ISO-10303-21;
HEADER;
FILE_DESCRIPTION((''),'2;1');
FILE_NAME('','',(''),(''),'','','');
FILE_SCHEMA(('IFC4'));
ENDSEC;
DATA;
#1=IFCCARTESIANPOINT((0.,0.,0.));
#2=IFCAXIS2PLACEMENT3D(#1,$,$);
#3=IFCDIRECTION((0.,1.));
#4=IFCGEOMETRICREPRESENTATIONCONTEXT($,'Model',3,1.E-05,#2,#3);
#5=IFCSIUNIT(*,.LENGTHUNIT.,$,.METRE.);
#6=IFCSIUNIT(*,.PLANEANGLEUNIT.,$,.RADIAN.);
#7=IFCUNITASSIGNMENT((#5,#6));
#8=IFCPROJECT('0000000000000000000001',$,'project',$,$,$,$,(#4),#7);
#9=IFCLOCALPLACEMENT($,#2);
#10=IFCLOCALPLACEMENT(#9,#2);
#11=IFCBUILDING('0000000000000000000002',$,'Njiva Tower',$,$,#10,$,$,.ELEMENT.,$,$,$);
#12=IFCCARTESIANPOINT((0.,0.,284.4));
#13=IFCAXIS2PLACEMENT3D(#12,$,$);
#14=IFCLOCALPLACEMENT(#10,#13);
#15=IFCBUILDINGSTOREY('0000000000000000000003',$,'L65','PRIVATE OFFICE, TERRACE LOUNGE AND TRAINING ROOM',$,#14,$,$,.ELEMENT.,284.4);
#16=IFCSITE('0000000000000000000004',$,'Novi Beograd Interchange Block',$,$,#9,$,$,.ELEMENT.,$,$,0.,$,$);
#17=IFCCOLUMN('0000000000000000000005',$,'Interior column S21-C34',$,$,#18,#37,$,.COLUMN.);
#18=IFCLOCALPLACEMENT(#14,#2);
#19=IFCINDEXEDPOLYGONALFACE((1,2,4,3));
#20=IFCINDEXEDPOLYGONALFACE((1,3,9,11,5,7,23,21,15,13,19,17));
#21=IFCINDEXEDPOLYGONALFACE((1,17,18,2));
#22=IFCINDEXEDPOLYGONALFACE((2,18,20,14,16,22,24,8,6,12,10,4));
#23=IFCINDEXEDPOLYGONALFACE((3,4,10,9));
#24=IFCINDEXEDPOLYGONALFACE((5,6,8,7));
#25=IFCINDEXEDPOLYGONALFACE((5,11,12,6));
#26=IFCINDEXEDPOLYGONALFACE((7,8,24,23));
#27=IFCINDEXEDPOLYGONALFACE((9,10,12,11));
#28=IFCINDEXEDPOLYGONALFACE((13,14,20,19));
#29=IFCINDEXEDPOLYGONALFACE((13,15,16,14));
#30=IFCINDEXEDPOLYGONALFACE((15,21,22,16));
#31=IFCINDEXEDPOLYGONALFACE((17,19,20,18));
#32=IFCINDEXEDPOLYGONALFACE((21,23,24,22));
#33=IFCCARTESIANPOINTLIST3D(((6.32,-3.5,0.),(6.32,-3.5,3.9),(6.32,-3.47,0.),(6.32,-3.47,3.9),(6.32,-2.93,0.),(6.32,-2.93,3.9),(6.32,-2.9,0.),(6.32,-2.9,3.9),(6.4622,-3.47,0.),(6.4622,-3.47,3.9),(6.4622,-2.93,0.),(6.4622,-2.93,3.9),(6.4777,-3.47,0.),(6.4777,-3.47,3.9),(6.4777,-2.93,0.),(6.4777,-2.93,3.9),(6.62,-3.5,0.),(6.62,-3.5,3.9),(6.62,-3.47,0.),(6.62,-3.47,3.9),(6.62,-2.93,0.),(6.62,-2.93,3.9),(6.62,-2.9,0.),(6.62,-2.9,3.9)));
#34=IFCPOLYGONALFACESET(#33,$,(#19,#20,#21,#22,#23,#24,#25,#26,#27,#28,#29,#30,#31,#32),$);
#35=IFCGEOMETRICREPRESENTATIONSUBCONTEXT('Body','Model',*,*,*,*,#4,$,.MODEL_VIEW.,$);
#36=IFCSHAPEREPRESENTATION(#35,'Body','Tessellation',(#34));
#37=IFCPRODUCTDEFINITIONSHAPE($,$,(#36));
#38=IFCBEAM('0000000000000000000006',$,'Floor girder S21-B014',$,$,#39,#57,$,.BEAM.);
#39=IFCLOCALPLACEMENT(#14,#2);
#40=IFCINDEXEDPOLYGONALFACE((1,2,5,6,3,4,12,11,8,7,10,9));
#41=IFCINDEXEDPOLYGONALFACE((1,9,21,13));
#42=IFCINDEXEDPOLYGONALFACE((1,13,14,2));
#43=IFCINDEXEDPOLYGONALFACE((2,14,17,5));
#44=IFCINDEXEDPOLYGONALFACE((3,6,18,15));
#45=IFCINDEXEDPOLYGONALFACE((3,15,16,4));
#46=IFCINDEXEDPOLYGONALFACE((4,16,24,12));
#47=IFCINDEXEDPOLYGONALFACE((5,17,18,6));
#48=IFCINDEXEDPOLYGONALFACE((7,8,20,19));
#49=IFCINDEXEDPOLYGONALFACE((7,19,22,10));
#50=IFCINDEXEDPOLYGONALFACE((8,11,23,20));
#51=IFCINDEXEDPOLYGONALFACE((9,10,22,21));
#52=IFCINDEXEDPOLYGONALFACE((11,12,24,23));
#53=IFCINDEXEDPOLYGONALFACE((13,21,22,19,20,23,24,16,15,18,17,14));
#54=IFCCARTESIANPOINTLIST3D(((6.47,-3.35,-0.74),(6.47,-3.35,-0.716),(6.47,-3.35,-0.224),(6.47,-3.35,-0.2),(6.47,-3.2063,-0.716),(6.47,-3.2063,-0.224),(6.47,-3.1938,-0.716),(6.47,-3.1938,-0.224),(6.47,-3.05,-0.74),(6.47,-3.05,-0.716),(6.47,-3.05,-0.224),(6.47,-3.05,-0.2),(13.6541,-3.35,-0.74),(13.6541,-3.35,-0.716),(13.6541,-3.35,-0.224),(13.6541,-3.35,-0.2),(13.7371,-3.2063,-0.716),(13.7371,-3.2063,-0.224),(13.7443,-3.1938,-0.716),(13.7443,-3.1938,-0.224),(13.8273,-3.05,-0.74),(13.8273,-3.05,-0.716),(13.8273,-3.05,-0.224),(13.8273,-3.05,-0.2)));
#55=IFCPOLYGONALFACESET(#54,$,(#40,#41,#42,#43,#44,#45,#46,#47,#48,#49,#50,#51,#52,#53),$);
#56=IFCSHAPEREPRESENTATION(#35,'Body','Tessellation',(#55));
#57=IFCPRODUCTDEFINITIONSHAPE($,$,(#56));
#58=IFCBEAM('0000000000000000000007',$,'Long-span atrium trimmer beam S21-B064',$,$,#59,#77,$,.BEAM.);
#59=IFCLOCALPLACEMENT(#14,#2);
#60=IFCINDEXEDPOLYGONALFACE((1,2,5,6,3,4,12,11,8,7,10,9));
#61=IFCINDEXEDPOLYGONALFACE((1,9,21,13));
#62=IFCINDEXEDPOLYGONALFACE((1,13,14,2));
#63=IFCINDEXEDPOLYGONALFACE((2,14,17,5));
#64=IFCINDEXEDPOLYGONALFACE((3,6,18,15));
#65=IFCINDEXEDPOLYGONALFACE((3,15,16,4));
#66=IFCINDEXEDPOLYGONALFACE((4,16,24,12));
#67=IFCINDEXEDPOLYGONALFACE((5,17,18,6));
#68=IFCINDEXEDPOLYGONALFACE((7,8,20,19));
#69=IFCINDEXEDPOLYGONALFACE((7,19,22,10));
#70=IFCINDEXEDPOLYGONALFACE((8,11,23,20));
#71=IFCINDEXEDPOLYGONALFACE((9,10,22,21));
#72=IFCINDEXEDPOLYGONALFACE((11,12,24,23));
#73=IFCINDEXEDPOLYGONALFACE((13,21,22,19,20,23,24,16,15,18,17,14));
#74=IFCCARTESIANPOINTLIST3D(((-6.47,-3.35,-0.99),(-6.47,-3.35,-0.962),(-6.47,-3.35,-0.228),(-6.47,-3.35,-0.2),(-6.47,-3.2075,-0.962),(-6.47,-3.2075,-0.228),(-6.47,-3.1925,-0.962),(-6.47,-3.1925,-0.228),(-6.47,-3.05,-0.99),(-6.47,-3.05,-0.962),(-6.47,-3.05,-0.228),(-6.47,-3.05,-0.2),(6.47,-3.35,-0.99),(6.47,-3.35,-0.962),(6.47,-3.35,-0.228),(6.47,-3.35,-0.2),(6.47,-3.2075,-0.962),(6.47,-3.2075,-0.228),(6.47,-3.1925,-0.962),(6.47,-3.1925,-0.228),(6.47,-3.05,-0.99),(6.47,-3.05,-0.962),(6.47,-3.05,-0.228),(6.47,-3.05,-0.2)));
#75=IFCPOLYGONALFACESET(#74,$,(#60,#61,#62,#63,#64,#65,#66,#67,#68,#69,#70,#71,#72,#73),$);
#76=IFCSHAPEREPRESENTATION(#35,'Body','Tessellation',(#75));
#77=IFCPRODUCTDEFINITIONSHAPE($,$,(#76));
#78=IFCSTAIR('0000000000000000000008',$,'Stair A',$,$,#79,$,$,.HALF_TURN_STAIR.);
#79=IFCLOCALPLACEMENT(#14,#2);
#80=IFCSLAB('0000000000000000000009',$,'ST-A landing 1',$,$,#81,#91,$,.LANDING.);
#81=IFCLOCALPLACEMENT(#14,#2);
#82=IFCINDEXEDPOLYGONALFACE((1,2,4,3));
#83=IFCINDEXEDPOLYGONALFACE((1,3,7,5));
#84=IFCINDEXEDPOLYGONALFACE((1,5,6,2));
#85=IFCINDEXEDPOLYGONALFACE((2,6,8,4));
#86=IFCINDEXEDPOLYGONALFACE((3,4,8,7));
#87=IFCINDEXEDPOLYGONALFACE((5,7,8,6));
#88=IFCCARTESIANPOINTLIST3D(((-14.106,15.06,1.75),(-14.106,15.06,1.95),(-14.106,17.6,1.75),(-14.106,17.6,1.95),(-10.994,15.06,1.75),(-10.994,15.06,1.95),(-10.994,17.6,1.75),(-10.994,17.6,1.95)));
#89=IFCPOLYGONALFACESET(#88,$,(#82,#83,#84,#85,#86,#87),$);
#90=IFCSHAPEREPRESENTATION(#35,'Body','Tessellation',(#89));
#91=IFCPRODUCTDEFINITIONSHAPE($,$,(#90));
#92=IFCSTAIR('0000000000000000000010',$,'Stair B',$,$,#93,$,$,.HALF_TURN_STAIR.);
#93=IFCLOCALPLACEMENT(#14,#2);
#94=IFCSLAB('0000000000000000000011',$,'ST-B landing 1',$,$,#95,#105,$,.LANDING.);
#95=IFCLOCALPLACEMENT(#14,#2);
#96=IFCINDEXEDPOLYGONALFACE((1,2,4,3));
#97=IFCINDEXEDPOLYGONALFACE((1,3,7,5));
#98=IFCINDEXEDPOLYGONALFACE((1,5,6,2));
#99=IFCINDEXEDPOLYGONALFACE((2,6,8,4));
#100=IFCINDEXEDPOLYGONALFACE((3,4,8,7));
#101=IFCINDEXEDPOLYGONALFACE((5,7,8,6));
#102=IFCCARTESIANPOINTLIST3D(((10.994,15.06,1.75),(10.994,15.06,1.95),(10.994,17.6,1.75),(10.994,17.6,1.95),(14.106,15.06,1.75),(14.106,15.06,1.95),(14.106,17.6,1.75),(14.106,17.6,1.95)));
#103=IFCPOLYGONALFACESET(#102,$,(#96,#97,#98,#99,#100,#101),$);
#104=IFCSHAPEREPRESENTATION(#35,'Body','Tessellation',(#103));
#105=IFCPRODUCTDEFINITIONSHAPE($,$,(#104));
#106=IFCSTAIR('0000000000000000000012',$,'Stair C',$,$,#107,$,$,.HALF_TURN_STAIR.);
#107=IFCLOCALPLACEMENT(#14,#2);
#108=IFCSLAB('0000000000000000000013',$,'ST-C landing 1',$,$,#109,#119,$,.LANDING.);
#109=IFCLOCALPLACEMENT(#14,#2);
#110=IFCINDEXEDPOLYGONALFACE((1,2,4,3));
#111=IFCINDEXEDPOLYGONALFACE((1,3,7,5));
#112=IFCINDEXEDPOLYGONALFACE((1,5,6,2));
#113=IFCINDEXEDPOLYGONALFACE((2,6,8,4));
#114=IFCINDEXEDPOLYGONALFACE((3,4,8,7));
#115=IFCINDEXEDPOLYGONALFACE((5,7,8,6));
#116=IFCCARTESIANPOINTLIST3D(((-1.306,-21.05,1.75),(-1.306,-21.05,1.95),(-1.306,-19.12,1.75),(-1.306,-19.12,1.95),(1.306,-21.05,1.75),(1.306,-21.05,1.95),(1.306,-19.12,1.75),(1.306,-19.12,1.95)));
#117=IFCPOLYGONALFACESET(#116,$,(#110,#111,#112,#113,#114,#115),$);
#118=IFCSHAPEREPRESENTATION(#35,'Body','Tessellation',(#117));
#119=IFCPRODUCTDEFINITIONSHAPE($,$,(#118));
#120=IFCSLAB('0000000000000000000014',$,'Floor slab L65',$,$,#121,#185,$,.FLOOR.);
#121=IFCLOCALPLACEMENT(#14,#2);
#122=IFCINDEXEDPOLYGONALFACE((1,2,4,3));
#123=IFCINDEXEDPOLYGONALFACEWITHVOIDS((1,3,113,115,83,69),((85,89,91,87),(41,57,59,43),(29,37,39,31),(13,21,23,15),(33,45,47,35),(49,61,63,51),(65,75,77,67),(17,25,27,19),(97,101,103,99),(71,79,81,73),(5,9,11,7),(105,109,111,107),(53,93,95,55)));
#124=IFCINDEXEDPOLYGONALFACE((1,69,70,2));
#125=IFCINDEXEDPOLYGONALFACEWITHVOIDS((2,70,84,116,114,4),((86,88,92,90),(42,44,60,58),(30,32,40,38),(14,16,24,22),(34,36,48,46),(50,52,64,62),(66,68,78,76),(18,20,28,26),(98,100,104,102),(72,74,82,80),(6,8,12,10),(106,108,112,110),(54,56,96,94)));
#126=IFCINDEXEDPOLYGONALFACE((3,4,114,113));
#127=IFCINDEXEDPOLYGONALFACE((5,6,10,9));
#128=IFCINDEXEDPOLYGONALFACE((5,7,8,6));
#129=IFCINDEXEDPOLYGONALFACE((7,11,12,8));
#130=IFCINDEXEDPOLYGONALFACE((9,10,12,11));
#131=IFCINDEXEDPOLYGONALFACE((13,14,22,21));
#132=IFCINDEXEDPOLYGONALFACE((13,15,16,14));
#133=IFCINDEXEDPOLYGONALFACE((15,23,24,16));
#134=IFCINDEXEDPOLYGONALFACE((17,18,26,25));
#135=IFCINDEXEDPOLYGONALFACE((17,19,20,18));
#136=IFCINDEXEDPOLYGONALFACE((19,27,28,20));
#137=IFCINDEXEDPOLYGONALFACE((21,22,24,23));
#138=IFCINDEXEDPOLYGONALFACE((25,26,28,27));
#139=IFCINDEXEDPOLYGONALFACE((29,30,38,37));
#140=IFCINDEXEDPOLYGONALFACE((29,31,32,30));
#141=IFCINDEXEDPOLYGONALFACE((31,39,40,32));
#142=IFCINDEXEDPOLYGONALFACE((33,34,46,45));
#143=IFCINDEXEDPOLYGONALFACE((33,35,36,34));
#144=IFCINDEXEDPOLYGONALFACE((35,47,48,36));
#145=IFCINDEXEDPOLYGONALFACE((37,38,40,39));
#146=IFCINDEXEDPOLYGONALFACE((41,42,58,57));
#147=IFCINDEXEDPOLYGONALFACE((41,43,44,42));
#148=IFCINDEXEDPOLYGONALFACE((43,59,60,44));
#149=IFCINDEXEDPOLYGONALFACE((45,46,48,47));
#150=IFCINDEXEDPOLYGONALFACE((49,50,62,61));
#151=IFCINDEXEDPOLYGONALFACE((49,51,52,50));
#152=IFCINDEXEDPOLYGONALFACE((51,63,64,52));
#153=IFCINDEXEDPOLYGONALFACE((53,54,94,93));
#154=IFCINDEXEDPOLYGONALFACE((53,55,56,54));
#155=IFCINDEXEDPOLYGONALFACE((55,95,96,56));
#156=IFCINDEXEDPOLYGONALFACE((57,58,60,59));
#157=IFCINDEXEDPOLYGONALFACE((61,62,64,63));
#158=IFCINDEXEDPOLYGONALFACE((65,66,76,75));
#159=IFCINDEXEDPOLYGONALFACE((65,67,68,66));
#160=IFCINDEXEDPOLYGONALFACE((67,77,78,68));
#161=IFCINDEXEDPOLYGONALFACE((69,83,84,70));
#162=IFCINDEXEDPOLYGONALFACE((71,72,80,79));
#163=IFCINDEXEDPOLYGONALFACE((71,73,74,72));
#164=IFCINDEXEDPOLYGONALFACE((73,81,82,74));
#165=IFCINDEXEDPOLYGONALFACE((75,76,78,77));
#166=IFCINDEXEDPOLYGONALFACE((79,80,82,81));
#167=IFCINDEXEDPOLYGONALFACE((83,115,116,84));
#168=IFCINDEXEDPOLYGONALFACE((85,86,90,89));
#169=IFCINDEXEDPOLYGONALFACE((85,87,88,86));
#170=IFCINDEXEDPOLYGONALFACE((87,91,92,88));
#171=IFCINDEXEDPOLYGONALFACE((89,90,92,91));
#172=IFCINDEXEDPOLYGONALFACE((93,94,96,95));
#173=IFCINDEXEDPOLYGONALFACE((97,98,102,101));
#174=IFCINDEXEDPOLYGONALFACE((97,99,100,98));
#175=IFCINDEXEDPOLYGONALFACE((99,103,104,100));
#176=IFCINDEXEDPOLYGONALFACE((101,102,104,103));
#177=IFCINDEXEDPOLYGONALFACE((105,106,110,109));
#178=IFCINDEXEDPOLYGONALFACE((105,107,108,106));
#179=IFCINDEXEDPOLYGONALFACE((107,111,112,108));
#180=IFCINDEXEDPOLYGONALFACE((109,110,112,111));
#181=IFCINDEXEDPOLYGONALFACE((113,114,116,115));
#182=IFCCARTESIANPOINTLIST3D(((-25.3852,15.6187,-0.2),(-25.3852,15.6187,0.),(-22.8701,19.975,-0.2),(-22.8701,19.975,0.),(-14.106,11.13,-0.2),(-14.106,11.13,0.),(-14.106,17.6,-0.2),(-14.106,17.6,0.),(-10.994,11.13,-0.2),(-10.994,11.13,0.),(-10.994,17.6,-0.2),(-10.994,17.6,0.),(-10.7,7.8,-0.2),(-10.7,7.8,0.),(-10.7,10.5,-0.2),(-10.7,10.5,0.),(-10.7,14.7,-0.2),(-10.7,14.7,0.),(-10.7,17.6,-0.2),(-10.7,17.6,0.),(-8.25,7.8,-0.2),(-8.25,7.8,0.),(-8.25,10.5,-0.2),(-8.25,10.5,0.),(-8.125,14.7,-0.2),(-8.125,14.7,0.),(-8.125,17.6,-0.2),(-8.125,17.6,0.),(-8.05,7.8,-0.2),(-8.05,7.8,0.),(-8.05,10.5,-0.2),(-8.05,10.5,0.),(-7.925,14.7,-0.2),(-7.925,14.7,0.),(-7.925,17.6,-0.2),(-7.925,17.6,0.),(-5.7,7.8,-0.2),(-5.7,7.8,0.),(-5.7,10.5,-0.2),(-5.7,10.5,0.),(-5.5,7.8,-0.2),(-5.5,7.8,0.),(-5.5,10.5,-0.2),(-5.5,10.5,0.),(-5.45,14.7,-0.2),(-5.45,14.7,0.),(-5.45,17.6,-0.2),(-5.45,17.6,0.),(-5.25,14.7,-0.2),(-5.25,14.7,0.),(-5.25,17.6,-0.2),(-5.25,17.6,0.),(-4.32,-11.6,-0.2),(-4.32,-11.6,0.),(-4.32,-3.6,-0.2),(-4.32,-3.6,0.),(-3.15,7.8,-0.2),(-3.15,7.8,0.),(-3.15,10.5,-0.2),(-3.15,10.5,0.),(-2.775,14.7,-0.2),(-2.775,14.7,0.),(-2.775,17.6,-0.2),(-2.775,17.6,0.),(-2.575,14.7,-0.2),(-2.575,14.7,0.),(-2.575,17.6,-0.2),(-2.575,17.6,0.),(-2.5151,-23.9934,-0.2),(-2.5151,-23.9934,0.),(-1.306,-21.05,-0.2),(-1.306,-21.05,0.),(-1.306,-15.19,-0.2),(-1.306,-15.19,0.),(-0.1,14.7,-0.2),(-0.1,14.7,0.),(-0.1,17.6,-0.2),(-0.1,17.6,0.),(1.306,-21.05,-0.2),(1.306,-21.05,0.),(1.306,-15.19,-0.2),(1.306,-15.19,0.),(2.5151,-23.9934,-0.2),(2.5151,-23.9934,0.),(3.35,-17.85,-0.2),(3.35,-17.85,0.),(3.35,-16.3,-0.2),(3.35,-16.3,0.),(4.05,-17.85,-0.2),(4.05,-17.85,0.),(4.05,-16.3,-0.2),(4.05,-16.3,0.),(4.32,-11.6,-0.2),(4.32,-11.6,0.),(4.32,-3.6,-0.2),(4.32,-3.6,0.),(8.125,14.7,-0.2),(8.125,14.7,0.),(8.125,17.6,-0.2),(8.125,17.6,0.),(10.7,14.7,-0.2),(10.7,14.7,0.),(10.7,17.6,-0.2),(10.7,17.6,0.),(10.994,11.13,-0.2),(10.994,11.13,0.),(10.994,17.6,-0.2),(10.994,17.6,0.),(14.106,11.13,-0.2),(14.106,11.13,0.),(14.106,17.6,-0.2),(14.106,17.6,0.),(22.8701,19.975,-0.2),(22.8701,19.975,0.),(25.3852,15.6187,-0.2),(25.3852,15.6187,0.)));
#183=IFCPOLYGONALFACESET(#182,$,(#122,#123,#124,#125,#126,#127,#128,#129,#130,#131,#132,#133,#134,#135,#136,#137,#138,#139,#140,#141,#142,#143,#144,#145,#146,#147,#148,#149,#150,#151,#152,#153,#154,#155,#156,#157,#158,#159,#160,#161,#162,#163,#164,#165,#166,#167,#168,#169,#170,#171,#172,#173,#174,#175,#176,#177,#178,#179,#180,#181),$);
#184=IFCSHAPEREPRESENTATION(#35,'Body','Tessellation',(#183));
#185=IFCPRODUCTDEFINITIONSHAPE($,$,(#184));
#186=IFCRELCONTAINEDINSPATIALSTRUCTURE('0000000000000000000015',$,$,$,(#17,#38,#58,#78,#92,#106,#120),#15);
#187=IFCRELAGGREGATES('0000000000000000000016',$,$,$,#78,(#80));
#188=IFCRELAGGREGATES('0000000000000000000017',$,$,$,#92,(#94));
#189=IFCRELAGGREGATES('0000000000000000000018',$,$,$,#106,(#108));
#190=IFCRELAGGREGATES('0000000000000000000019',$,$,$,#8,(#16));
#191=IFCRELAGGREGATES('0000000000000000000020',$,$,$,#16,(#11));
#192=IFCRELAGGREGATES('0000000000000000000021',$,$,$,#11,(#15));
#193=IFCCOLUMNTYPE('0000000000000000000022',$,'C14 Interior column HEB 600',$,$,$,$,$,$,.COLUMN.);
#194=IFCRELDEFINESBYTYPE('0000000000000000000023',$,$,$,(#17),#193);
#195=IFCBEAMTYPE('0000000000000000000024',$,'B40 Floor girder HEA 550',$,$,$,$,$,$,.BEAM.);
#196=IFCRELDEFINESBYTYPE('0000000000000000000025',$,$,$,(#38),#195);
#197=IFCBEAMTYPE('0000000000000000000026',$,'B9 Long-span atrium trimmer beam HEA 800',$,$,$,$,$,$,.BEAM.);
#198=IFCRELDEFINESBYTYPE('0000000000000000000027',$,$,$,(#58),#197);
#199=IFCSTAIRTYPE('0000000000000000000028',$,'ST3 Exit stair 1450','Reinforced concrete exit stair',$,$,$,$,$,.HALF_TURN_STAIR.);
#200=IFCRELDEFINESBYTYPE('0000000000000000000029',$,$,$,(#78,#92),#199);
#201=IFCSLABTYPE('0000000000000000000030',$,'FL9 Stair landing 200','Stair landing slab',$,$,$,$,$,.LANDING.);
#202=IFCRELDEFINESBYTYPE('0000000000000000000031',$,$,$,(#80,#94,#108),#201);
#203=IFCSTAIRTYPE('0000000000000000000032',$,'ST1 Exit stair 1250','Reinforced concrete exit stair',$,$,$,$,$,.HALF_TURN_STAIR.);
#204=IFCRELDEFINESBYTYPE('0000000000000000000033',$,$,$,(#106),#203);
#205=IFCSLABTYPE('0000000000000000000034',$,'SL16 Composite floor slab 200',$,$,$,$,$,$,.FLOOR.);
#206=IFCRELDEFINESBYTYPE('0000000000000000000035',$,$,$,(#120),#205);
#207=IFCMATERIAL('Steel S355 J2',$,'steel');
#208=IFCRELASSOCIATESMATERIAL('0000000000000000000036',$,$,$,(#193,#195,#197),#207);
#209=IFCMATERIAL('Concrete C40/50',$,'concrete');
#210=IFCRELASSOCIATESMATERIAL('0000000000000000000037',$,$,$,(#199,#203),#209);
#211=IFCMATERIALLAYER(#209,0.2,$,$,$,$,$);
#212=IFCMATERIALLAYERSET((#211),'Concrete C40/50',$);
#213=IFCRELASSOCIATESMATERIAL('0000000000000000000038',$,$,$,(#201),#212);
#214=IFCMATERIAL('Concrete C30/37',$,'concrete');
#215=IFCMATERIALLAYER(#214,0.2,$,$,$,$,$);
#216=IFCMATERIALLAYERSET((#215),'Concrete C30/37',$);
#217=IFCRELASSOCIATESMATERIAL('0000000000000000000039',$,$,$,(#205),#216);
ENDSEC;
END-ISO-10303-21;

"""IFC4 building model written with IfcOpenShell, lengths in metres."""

from ifc_helpers import new_model, si_unit, direction, frame, origin, origin_2d, place, context, subcontext, project, spatial, polyline, i_section, outline, extrude, clip, halfspace, material, layer, layer_set, material_profile, profile_set, type_object, element, aggregate, save


model = new_model("IFC4")

# Units and contexts
model_context = context("Model", 3, precision=1e-05, world=origin(), true_north=direction((0.0, 1.0)))
body_context = subcontext(model_context, "Body", "Model", "MODEL_VIEW")
ifc_project = project(units=[si_unit("LENGTHUNIT", "METRE"), si_unit("PLANEANGLEUNIT", "RADIAN")], contexts=[model_context])

# Site, building, storey
site_placement = place(None, origin())
site = spatial("IfcSite", under=ifc_project, at=site_placement, Name="Novi Beograd Interchange Block", CompositionType="ELEMENT", RefElevation=0.0)
building_placement = place(site_placement, origin())
building = spatial("IfcBuilding", under=site, at=building_placement, Name="Njiva Tower", CompositionType="ELEMENT")
storey_placement = place(building_placement, frame((0.0, 0.0, 284.4)))
storey = spatial("IfcBuildingStorey", under=building, at=storey_placement, Name="L65", Description="PRIVATE OFFICE, TERRACE LOUNGE AND TRAINING ROOM", CompositionType="ELEMENT", Elevation=284.4)

# Column
ifc_material_1 = material(Name="Steel S355 J2", Category="steel")
ifc_material_profile_1 = material_profile(ifc_material_1, i_section(OverallWidth=0.3, OverallDepth=0.6, WebThickness=0.0155, FlangeThickness=0.03, at=origin_2d()), Name="HEB 600")
ifc_profile_set_1 = profile_set([ifc_material_profile_1], Name="Steel S355 J2")
column_type = type_object("IfcColumnType", Name="C14 Interior column HEB 600", PredefinedType="COLUMN", material=ifc_profile_set_1)
column_placement = place(storey_placement, frame((6.47, -3.2, 0.0), z_axis=(0.0, 0.0, 1.0), x_axis=(1.0, 0.0, 0.0)))
element("IfcColumn", 1, at=column_placement, inside=storey, type_object=column_type, Name="Interior column S21-C34", PredefinedType="COLUMN", context=body_context, shape_type="SweptSolid", body=[
    extrude(i_section(OverallWidth=0.3, OverallDepth=0.6, WebThickness=0.0155, FlangeThickness=0.03, at=origin_2d()), origin(), (0.0, 0.0, 1.0), 3.9),
])

# Beams
ifc_material_profile_2 = material_profile(ifc_material_1, i_section(OverallWidth=0.3, OverallDepth=0.54, WebThickness=0.0125, FlangeThickness=0.024, at=origin_2d()), Name="HEA 550")
ifc_profile_set_2 = profile_set([ifc_material_profile_2], Name="Steel S355 J2")
beam_type_1 = type_object("IfcBeamType", Name="B40 Floor girder HEA 550", PredefinedType="BEAM", material=ifc_profile_set_2)
beam_1_placement = place(storey_placement, frame((6.47, -3.2, -0.47), z_axis=(1.0, 0.0, 0.0), x_axis=(0.0, 1.0, 0.0)))
element("IfcBeam", 2, at=beam_1_placement, inside=storey, type_object=beam_type_1, Name="Floor girder S21-B014", PredefinedType="BEAM", context=body_context, shape_type="Clipping", body=[
    clip(extrude(i_section(OverallWidth=0.3, OverallDepth=0.54, WebThickness=0.0125, FlangeThickness=0.024, at=origin_2d()), origin(), (0.0, 0.0, 1.0), 7.378), halfspace(frame((-0.025, 0.0, 7.2563), z_axis=(-0.499998, 0.0, 0.866027), x_axis=(0.0, 1.0, 0.0)), False)),
])
ifc_material_profile_3 = material_profile(ifc_material_1, i_section(OverallWidth=0.3, OverallDepth=0.79, WebThickness=0.015, FlangeThickness=0.028, at=origin_2d()), Name="HEA 800")
ifc_profile_set_3 = profile_set([ifc_material_profile_3], Name="Steel S355 J2")
beam_type_2 = type_object("IfcBeamType", Name="B9 Long-span atrium trimmer beam HEA 800", PredefinedType="BEAM", material=ifc_profile_set_3)
beam_2_placement = place(storey_placement, frame((6.47, -3.2, -0.595), z_axis=(-1.0, 0.0, 0.0), x_axis=(0.0, -1.0, 0.0)))
element("IfcBeam", 3, at=beam_2_placement, inside=storey, type_object=beam_type_2, Name="Long-span atrium trimmer beam S21-B064", PredefinedType="BEAM", context=body_context, shape_type="SweptSolid", body=[
    extrude(i_section(OverallWidth=0.3, OverallDepth=0.79, WebThickness=0.015, FlangeThickness=0.028, at=origin_2d()), origin(), (0.0, 0.0, 1.0), 12.94),
])

# Stairs, slabs
ifc_material_2 = material(Name="Concrete C40/50", Category="concrete")
stair_type_1 = type_object("IfcStairType", Name="ST3 Exit stair 1450", Description="Reinforced concrete exit stair", PredefinedType="HALF_TURN_STAIR", material=ifc_material_2)
stair_1_placement = place(storey_placement, origin())
stair_1 = element("IfcStair", 4, at=stair_1_placement, inside=storey, type_object=stair_type_1, Name="Stair A", PredefinedType="HALF_TURN_STAIR")
ifc_layer_1 = layer(ifc_material_2, 0.2)
ifc_layer_set_1 = layer_set([ifc_layer_1], Name="Concrete C40/50")
slab_type_1 = type_object("IfcSlabType", Name="FL9 Stair landing 200", Description="Stair landing slab", PredefinedType="LANDING", material=ifc_layer_set_1)
slab_1_placement = place(storey_placement, frame((0.0, 0.0, 1.75)))
slab_1 = element("IfcSlab", 5, at=slab_1_placement, type_object=slab_type_1, Name="ST-A landing 1", PredefinedType="LANDING", context=body_context, shape_type="SweptSolid", body=[
    extrude(outline(polyline([(-14.106, 15.06), (-10.994, 15.06), (-10.994, 17.6), (-14.106, 17.6), (-14.106, 15.06)])), origin(), (0.0, 0.0, 1.0), 0.2),
])
aggregate(stair_1, [slab_1])
stair_2_placement = place(storey_placement, origin())
stair_2 = element("IfcStair", 6, at=stair_2_placement, inside=storey, type_object=stair_type_1, Name="Stair B", PredefinedType="HALF_TURN_STAIR")
slab_2_placement = place(storey_placement, frame((0.0, 0.0, 1.75)))
slab_2 = element("IfcSlab", 7, at=slab_2_placement, type_object=slab_type_1, Name="ST-B landing 1", PredefinedType="LANDING", context=body_context, shape_type="SweptSolid", body=[
    extrude(outline(polyline([(10.994, 15.06), (14.106, 15.06), (14.106, 17.6), (10.994, 17.6), (10.994, 15.06)])), origin(), (0.0, 0.0, 1.0), 0.2),
])
aggregate(stair_2, [slab_2])
stair_type_2 = type_object("IfcStairType", Name="ST1 Exit stair 1250", Description="Reinforced concrete exit stair", PredefinedType="HALF_TURN_STAIR", material=ifc_material_2)
stair_3_placement = place(storey_placement, origin())
stair_3 = element("IfcStair", 8, at=stair_3_placement, inside=storey, type_object=stair_type_2, Name="Stair C", PredefinedType="HALF_TURN_STAIR")
slab_3_placement = place(storey_placement, frame((0.0, 0.0, 1.75)))
slab_3 = element("IfcSlab", 9, at=slab_3_placement, type_object=slab_type_1, Name="ST-C landing 1", PredefinedType="LANDING", context=body_context, shape_type="SweptSolid", body=[
    extrude(outline(polyline([(-1.306, -21.05), (1.306, -21.05), (1.306, -19.12), (-1.306, -19.12), (-1.306, -21.05)])), origin(), (0.0, 0.0, 1.0), 0.2),
])
aggregate(stair_3, [slab_3])

# Slab
ifc_material_3 = material(Name="Concrete C30/37", Category="concrete")
ifc_layer_2 = layer(ifc_material_3, 0.2)
ifc_layer_set_2 = layer_set([ifc_layer_2], Name="Concrete C30/37")
slab_type_2 = type_object("IfcSlabType", Name="SL16 Composite floor slab 200", PredefinedType="FLOOR", material=ifc_layer_set_2)
slab_4_placement = place(storey_placement, frame((0.0, 0.0, -0.2)))
element("IfcSlab", 10, at=slab_4_placement, inside=storey, type_object=slab_type_2, Name="Floor slab L65", PredefinedType="FLOOR", context=body_context, shape_type="SweptSolid", body=[
    extrude(outline(polyline([(25.3852, 15.6187), (2.5151, -23.9934), (-2.5151, -23.9934), (-25.3852, 15.6187), (-22.8701, 19.975), (22.8701, 19.975), (25.3852, 15.6187)]), holes=[polyline([(10.994, 11.13), (14.106, 11.13), (14.106, 17.6), (10.994, 17.6), (10.994, 11.13)]), polyline([(8.125, 14.7), (10.7, 14.7), (10.7, 17.6), (8.125, 17.6), (8.125, 14.7)]), polyline([(4.32, -11.6), (4.32, -3.6), (-4.32, -3.6), (-4.32, -11.6), (4.32, -11.6)]), polyline([(3.35, -17.85), (4.05, -17.85), (4.05, -16.3), (3.35, -16.3), (3.35, -17.85)]), polyline([(-1.306, -21.05), (1.306, -21.05), (1.306, -15.19), (-1.306, -15.19), (-1.306, -21.05)]), polyline([(-2.575, 14.7), (-0.1, 14.7), (-0.1, 17.6), (-2.575, 17.6), (-2.575, 14.7)]), polyline([(-2.775, 14.7), (-2.775, 17.6), (-5.25, 17.6), (-5.25, 14.7), (-2.775, 14.7)]), polyline([(-5.5, 7.8), (-3.15, 7.8), (-3.15, 10.5), (-5.5, 10.5), (-5.5, 7.8)]), polyline([(-7.925, 14.7), (-5.45, 14.7), (-5.45, 17.6), (-7.925, 17.6), (-7.925, 14.7)]), polyline([(-8.05, 7.8), (-5.7, 7.8), (-5.7, 10.5), (-8.05, 10.5), (-8.05, 7.8)]), polyline([(-10.7, 14.7), (-8.125, 14.7), (-8.125, 17.6), (-10.7, 17.6), (-10.7, 14.7)]), polyline([(-8.25, 7.8), (-8.25, 10.5), (-10.7, 10.5), (-10.7, 7.8), (-8.25, 7.8)]), polyline([(-10.994, 11.13), (-10.994, 17.6), (-14.106, 17.6), (-14.106, 11.13), (-10.994, 11.13)])]), origin(), (0.0, 0.0, 1.0), 0.2),
])

save(model, "model.ifc")
